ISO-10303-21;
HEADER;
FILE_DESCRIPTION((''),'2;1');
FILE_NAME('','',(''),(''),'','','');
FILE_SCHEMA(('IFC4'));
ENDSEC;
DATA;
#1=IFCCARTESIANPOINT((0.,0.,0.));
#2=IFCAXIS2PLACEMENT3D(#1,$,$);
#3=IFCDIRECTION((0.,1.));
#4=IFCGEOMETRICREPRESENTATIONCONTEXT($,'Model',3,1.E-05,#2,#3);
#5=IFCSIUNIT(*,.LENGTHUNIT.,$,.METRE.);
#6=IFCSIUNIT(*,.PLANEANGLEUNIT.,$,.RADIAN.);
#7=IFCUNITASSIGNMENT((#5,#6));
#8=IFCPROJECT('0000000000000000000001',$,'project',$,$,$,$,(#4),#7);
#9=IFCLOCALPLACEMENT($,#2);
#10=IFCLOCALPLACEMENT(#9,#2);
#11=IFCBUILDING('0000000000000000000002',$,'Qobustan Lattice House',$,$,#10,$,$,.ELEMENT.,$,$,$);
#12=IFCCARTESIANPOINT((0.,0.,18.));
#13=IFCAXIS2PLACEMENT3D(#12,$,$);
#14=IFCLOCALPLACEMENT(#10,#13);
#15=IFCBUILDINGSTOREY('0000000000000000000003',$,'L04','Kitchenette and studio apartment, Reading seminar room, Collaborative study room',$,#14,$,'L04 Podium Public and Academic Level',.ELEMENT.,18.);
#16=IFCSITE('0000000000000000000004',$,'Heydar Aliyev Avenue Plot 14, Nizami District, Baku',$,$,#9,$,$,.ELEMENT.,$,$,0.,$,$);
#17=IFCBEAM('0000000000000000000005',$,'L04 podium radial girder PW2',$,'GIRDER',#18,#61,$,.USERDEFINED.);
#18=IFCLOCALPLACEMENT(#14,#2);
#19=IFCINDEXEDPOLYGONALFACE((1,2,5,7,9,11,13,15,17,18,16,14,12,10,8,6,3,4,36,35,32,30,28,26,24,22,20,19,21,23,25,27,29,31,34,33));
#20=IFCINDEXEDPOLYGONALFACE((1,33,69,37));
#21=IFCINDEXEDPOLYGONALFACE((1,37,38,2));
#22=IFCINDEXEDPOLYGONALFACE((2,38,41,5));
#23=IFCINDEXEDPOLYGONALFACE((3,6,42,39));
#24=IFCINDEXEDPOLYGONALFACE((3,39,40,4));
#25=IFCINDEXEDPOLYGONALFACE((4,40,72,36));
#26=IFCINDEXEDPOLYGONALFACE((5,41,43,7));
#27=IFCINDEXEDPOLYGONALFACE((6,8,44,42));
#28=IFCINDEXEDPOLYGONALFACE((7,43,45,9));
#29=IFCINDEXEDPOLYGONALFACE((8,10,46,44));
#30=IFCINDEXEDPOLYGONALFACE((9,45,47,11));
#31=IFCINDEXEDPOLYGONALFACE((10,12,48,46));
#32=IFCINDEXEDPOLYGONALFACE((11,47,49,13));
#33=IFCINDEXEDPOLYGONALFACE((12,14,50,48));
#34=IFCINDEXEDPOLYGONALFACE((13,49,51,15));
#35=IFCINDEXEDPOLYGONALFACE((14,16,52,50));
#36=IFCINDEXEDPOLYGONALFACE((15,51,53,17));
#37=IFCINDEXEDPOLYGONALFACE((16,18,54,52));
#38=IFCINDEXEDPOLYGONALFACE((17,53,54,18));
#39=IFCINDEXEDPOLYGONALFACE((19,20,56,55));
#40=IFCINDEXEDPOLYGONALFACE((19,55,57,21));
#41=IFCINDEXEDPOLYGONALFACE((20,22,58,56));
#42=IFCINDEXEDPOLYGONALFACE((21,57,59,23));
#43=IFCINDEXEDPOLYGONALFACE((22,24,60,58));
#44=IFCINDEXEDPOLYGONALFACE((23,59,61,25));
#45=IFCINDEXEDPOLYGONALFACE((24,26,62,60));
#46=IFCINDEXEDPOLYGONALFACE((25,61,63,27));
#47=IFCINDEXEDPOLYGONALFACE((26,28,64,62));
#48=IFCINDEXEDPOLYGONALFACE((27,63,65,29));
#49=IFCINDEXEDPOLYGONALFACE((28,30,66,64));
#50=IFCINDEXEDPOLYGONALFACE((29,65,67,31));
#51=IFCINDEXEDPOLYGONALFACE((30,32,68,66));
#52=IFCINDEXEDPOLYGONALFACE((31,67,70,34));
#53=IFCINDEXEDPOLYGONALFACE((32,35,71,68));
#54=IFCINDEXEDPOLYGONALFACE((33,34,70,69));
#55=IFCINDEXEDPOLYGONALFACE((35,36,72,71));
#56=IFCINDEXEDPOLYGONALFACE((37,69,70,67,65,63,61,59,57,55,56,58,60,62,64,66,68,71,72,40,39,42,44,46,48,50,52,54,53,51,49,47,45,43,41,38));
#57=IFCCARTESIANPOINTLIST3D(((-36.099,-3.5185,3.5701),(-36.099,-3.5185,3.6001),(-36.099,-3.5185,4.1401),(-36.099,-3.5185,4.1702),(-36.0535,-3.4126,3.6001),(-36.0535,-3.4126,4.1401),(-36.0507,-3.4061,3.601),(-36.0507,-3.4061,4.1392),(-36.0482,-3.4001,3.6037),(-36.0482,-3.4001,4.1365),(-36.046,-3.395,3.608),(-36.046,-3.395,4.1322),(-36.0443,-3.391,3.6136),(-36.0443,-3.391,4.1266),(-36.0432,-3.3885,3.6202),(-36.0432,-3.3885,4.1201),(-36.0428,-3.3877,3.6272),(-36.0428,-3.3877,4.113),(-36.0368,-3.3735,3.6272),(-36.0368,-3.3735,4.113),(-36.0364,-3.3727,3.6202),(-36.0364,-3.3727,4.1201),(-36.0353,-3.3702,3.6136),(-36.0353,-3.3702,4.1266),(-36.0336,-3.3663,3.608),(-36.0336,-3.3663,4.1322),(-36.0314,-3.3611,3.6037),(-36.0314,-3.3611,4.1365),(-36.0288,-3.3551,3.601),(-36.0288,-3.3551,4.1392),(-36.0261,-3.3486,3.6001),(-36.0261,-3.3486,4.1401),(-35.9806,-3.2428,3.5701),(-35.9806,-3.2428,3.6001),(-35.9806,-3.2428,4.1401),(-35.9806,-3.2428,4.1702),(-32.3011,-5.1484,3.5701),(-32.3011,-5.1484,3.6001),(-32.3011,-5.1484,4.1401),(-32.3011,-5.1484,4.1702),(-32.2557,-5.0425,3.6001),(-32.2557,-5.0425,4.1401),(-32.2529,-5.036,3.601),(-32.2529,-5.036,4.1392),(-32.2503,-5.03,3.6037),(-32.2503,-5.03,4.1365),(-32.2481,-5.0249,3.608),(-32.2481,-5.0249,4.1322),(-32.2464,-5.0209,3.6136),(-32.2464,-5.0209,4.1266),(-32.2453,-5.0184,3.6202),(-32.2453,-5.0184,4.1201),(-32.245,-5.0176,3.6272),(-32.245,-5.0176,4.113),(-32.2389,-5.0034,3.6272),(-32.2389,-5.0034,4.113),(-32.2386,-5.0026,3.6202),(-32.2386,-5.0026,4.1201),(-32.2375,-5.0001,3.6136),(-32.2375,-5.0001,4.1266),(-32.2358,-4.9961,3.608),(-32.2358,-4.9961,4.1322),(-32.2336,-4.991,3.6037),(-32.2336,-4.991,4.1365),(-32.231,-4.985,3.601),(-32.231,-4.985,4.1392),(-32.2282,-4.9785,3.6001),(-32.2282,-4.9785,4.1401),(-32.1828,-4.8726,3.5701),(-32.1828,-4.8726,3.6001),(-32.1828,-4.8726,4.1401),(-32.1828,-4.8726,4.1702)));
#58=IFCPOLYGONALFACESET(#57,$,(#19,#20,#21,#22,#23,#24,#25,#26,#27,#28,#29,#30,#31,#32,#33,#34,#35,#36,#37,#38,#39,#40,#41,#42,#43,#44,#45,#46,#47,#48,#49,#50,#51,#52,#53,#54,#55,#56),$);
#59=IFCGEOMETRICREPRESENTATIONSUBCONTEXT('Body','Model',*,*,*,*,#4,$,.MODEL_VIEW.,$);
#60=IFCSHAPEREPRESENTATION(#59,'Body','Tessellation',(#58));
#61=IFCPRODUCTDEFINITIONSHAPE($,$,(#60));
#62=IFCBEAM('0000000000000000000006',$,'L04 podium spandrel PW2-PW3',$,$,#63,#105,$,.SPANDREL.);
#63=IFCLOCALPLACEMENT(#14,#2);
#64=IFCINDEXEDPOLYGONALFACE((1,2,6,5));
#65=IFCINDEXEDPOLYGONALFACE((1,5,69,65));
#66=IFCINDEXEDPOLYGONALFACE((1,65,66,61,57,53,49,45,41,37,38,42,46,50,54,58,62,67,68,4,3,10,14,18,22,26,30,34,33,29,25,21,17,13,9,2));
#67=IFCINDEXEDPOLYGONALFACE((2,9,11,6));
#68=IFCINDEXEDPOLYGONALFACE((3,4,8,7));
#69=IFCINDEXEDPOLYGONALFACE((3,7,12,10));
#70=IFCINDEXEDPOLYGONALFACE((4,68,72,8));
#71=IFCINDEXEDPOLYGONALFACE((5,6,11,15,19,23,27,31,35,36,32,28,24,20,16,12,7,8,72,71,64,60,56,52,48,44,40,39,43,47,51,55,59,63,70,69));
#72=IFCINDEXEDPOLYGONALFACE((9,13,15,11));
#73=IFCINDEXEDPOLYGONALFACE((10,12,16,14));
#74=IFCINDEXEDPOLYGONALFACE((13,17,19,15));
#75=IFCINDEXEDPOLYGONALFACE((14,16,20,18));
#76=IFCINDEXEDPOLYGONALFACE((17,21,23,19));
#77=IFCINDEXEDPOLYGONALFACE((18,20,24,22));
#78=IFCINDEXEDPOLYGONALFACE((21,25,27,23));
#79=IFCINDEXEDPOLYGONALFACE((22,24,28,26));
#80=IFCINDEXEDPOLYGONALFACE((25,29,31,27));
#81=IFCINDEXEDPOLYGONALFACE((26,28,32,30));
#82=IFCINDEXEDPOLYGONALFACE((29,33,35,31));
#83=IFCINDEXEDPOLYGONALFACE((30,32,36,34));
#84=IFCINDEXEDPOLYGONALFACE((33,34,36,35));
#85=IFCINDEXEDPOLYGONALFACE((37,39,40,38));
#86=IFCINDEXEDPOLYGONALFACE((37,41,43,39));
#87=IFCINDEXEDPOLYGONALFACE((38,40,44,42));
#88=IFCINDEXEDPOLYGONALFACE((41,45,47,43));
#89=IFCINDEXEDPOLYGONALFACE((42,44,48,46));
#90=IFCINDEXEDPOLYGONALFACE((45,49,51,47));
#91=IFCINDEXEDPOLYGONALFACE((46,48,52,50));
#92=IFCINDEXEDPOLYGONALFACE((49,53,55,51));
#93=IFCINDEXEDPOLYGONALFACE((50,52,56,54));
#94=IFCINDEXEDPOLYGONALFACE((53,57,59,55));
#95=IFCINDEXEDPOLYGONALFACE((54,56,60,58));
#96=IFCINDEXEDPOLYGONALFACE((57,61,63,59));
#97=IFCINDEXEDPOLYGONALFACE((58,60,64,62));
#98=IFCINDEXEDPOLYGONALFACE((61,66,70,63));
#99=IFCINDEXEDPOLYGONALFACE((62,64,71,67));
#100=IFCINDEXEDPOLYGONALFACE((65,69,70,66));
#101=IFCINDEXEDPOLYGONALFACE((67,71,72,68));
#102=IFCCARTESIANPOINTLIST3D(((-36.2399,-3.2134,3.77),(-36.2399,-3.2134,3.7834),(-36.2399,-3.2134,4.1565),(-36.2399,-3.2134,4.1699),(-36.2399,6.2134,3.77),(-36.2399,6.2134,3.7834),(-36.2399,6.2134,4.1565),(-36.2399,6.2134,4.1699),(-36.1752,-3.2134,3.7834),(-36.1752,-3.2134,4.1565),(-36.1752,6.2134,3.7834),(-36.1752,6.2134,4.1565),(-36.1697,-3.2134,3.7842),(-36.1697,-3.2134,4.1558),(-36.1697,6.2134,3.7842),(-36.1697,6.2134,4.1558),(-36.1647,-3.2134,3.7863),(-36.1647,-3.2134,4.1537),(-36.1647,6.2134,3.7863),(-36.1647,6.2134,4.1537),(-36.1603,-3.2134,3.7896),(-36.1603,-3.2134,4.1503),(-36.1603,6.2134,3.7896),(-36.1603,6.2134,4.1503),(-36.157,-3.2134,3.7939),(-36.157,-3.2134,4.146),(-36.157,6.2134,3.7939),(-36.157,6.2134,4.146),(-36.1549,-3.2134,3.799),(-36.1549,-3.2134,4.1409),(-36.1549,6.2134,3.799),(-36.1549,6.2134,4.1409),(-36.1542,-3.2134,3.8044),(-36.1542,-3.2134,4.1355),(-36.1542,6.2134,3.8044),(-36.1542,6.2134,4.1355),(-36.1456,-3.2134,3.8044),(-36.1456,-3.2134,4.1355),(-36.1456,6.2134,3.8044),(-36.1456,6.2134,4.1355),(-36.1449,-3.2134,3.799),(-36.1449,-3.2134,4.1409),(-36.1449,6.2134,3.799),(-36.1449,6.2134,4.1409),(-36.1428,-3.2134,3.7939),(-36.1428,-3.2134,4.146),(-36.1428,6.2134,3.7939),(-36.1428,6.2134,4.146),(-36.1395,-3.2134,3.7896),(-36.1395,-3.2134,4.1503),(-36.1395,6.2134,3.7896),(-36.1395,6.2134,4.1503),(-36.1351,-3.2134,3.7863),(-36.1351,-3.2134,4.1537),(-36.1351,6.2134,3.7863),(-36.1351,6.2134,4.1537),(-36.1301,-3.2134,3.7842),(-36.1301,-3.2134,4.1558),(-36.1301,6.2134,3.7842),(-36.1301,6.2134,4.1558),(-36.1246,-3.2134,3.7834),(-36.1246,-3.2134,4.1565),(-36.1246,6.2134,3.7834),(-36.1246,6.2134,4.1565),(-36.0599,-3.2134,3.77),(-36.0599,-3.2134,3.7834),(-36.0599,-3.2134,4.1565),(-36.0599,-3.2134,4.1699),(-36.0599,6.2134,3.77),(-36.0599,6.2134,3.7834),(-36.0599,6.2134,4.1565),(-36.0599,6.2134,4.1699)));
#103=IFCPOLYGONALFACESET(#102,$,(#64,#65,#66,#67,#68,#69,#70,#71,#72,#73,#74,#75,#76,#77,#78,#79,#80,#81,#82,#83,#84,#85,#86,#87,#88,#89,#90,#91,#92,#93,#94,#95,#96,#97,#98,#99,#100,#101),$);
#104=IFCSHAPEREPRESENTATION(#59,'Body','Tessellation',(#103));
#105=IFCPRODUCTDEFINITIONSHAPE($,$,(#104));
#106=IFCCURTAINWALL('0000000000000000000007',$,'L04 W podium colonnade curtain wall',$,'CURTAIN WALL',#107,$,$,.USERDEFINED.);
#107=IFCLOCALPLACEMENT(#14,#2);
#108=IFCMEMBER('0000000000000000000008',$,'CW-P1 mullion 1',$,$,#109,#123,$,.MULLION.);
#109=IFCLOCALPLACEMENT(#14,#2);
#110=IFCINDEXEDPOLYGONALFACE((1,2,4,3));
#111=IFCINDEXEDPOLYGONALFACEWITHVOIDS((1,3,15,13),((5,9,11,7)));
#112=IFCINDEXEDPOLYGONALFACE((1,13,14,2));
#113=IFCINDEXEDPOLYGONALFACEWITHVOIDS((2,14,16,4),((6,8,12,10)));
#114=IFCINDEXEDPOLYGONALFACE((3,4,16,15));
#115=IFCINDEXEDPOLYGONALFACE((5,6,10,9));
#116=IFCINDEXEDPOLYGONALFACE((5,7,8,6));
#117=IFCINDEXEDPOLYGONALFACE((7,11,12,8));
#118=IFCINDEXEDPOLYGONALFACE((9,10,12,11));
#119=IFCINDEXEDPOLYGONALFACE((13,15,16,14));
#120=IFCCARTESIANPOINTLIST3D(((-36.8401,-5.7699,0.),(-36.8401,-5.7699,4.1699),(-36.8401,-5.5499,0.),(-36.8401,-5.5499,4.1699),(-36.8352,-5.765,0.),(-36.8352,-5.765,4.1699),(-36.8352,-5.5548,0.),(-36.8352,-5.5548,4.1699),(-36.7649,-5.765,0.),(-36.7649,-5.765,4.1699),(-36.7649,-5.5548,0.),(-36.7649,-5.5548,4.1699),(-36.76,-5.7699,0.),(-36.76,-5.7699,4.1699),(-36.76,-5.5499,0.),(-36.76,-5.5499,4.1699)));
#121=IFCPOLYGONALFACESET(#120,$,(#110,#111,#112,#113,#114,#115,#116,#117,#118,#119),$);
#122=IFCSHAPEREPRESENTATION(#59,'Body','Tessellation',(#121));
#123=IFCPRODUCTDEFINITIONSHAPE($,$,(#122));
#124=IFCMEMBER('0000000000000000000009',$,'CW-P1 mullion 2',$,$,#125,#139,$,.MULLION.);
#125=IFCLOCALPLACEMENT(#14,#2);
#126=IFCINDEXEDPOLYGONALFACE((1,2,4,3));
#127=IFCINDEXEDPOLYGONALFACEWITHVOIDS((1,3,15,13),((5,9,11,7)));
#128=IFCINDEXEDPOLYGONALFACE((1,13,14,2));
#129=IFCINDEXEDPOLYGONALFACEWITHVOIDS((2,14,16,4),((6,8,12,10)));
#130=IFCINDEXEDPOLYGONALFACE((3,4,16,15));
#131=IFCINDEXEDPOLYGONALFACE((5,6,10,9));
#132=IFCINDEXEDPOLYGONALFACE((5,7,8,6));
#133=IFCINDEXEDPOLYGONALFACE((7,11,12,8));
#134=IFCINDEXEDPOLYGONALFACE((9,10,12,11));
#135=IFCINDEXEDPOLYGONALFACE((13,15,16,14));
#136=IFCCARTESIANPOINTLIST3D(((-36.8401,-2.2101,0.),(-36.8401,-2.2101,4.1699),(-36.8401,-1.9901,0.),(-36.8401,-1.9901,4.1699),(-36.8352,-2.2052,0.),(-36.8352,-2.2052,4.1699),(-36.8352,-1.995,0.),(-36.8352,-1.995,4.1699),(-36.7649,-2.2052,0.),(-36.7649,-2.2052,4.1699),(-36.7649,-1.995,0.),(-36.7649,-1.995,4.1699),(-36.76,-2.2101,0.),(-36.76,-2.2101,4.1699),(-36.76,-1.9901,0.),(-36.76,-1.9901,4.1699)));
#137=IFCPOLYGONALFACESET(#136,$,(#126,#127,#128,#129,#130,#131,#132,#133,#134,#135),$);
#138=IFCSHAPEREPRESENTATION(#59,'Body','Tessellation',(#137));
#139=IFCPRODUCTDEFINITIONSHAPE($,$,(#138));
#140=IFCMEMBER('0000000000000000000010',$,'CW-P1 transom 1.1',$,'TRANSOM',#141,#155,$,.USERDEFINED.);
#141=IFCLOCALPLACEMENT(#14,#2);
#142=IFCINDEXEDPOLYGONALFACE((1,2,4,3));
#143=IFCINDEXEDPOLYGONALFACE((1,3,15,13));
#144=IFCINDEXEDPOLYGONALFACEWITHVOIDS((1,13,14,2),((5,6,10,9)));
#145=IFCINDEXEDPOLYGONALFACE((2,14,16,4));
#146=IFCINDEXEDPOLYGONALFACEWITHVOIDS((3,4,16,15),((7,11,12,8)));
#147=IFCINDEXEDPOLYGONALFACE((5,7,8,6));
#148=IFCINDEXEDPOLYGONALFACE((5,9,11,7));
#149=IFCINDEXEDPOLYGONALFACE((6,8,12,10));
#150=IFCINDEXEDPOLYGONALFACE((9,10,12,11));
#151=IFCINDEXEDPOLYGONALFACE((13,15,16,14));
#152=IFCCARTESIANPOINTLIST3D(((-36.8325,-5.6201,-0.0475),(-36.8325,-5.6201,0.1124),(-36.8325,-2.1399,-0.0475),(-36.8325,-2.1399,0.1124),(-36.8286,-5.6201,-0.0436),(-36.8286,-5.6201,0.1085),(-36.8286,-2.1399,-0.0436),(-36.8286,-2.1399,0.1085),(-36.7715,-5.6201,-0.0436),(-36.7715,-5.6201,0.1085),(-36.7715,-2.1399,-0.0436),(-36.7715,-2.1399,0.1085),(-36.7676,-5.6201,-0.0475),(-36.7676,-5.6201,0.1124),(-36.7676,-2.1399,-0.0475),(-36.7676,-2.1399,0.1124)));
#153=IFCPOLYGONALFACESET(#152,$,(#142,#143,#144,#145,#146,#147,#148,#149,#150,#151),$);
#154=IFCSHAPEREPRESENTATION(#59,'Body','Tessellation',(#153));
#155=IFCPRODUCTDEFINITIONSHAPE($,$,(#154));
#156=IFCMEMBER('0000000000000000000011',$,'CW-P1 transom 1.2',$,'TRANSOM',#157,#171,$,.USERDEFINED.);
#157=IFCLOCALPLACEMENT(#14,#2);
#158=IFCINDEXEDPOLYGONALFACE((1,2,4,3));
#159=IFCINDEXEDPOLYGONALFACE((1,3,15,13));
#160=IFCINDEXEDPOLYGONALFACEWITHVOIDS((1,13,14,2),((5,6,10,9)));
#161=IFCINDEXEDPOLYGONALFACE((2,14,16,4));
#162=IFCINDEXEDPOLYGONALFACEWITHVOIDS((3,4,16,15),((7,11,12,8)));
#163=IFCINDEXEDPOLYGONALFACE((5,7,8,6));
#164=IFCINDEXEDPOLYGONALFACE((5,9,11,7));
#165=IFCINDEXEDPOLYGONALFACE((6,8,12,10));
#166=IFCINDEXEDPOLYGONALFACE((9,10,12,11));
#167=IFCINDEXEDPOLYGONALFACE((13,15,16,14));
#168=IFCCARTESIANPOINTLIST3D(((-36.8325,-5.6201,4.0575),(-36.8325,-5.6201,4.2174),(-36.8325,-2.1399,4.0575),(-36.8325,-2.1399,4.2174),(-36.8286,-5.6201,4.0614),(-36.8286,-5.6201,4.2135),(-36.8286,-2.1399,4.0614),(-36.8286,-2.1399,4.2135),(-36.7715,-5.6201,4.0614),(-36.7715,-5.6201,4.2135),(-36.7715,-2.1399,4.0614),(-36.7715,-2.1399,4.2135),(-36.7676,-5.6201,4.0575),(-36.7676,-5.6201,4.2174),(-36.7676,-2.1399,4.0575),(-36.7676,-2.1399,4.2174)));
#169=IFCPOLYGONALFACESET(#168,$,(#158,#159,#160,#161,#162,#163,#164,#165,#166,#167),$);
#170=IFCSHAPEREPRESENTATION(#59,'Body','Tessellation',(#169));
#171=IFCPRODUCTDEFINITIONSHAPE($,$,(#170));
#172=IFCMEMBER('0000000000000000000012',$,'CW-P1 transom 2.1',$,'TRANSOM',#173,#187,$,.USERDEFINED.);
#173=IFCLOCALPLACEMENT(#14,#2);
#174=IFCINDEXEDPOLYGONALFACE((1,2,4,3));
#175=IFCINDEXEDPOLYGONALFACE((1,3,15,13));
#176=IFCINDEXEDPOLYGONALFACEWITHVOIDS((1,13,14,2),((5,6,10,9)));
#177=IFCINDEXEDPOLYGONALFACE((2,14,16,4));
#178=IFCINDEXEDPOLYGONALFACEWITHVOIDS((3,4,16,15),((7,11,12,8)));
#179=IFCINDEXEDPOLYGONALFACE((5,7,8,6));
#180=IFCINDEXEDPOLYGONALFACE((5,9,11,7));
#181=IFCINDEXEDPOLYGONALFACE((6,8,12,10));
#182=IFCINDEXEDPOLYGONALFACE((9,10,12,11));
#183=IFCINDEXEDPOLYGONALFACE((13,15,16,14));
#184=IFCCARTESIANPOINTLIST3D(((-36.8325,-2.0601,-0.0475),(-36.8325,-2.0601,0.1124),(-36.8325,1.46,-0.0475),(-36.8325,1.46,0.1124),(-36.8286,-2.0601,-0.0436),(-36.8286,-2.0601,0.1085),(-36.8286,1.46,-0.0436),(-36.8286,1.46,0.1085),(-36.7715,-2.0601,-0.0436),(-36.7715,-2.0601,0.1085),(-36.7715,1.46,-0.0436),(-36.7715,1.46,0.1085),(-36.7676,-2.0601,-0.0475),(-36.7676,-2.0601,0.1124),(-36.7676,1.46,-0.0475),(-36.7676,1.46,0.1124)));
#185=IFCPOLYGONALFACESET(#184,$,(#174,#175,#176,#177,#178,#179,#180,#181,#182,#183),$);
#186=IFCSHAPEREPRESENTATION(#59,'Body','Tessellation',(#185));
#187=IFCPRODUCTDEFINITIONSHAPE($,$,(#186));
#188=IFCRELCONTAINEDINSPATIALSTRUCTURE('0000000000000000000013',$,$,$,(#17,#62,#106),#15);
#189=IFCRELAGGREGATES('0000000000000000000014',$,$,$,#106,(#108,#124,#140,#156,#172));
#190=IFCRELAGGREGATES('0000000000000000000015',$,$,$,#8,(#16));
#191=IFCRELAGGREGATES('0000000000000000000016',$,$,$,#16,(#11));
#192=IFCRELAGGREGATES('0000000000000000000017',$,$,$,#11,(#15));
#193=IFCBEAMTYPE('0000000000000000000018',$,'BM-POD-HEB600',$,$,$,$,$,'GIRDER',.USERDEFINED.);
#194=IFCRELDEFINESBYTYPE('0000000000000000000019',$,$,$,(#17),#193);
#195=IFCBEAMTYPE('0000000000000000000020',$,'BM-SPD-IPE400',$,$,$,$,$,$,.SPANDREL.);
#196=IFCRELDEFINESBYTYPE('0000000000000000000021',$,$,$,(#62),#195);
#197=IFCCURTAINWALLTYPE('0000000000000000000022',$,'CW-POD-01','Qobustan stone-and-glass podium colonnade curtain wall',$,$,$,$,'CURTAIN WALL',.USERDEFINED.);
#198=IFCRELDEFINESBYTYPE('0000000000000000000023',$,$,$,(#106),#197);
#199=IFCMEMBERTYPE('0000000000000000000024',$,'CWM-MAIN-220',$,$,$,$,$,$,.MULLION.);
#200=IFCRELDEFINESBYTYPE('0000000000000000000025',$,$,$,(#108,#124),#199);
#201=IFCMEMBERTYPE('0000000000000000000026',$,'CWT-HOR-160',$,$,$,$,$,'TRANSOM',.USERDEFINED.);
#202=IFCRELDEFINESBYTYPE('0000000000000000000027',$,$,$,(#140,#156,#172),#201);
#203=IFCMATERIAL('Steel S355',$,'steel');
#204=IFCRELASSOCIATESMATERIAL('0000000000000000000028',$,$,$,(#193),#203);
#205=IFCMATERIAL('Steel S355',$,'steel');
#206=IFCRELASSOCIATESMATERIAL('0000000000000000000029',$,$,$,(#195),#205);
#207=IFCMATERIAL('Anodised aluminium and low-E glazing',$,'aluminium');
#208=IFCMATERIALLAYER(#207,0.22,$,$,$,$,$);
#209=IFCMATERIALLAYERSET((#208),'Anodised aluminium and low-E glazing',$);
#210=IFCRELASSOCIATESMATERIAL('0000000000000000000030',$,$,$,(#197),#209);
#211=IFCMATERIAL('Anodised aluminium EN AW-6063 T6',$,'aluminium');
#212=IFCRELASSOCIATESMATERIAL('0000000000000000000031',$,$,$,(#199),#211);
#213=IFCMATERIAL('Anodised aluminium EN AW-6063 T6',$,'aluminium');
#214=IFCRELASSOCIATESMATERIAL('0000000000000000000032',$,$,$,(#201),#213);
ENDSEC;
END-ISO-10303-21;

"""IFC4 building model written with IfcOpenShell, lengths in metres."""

from ifc_helpers import new_model, si_unit, direction, frame, origin, origin_2d, place, context, subcontext, project, spatial, hollow_rectangle, i_section, extrude, material, layer, layer_set, material_profile, profile_set, type_object, element, aggregate, save


model = new_model("IFC4")

# Units and contexts
model_context = context("Model", 3, precision=1e-05, world=origin(), true_north=direction((0.0, 1.0)))
body_context = subcontext(model_context, "Body", "Model", "MODEL_VIEW")
ifc_project = project(units=[si_unit("LENGTHUNIT", "METRE"), si_unit("PLANEANGLEUNIT", "RADIAN")], contexts=[model_context])

# Site, building, storey
site_placement = place(None, origin())
site = spatial("IfcSite", under=ifc_project, at=site_placement, Name="Heydar Aliyev Avenue Plot 14, Nizami District, Baku", CompositionType="ELEMENT", RefElevation=0.0)
building_placement = place(site_placement, origin())
building = spatial("IfcBuilding", under=site, at=building_placement, Name="Qobustan Lattice House", CompositionType="ELEMENT")
storey_placement = place(building_placement, frame((0.0, 0.0, 18.0)))
storey = spatial("IfcBuildingStorey", under=building, at=storey_placement, Name="L04", Description="Kitchenette and studio apartment, Reading seminar room, Collaborative study room", LongName="L04 Podium Public and Academic Level", CompositionType="ELEMENT", Elevation=18.0)

# Beams
ifc_material_1 = material(Name="Steel S355", Category="steel")
ifc_material_profile_1 = material_profile(ifc_material_1, i_section(OverallWidth=0.3, OverallDepth=0.6001, WebThickness=0.0154, FlangeThickness=0.03, FilletRadius=0.0271, at=origin_2d()), Name="HEB600")
ifc_profile_set_1 = profile_set([ifc_material_profile_1], Name="Steel S355")
beam_type_1 = type_object("IfcBeamType", Name="BM-POD-HEB600", ElementType="GIRDER", PredefinedType="USERDEFINED", material=ifc_profile_set_1)
beam_1_placement = place(storey_placement, frame((-36.0398, -3.3806, 3.8701), z_axis=(0.918949, -0.394376, 0.0), x_axis=(0.394376, 0.918949, 0.0)))
element("IfcBeam", 1, at=beam_1_placement, inside=storey, type_object=beam_type_1, Name="L04 podium radial girder PW2", ObjectType="GIRDER", PredefinedType="USERDEFINED", context=body_context, shape_type="SweptSolid", body=[
    extrude(i_section(OverallWidth=0.3, OverallDepth=0.6001, WebThickness=0.0154, FlangeThickness=0.03, FilletRadius=0.0271, at=origin_2d()), origin(), (0.0, 0.0, 1.0), 4.1328),
])
ifc_material_2 = material(Name="Steel S355", Category="steel")
ifc_material_profile_2 = material_profile(ifc_material_2, i_section(OverallWidth=0.1799, OverallDepth=0.3999, WebThickness=0.0085, FlangeThickness=0.0134, FilletRadius=0.021, at=origin_2d()), Name="IPE400")
ifc_profile_set_2 = profile_set([ifc_material_profile_2], Name="Steel S355")
beam_type_2 = type_object("IfcBeamType", Name="BM-SPD-IPE400", PredefinedType="SPANDREL", material=ifc_profile_set_2)
beam_2_placement = place(storey_placement, frame((-36.1499, -3.2134, 3.97), z_axis=(0.0, 1.0, 0.0), x_axis=(-1.0, 0.0, 0.0)))
element("IfcBeam", 2, at=beam_2_placement, inside=storey, type_object=beam_type_2, Name="L04 podium spandrel PW2-PW3", PredefinedType="SPANDREL", context=body_context, shape_type="SweptSolid", body=[
    extrude(i_section(OverallWidth=0.1799, OverallDepth=0.3999, WebThickness=0.0085, FlangeThickness=0.0134, FilletRadius=0.021, at=origin_2d()), origin(), (0.0, 0.0, 1.0), 9.4268),
])

# Curtain wall, members
ifc_material_3 = material(Name="Anodised aluminium and low-E glazing", Category="aluminium")
ifc_layer_1 = layer(ifc_material_3, 0.22)
ifc_layer_set_1 = layer_set([ifc_layer_1], Name="Anodised aluminium and low-E glazing")
curtain_wall_type = type_object("IfcCurtainWallType", Name="CW-POD-01", Description="Qobustan stone-and-glass podium colonnade curtain wall", ElementType="CURTAIN WALL", PredefinedType="USERDEFINED", material=ifc_layer_set_1)
curtain_wall_placement = place(storey_placement, origin())
curtain_wall = element("IfcCurtainWall", 3, at=curtain_wall_placement, inside=storey, type_object=curtain_wall_type, Name="L04 W podium colonnade curtain wall", ObjectType="CURTAIN WALL", PredefinedType="USERDEFINED")
ifc_material_4 = material(Name="Anodised aluminium EN AW-6063 T6", Category="aluminium")
ifc_material_profile_3 = material_profile(ifc_material_4, hollow_rectangle(XDim=0.0801, YDim=0.22, WallThickness=0.0049, at=origin_2d()), Name="CWM-220x80")
ifc_profile_set_3 = profile_set([ifc_material_profile_3], Name="Anodised aluminium EN AW-6063 T6")
member_type_1 = type_object("IfcMemberType", Name="CWM-MAIN-220", PredefinedType="MULLION", material=ifc_profile_set_3)
member_1_placement = place(storey_placement, frame((-36.8, -5.6599, 0.0), z_axis=(0.0, 0.0, 1.0), x_axis=(-1.0, 0.0, 0.0)))
member_1 = element("IfcMember", 4, at=member_1_placement, type_object=member_type_1, Name="CW-P1 mullion 1", PredefinedType="MULLION", context=body_context, shape_type="SweptSolid", body=[
    extrude(hollow_rectangle(XDim=0.0801, YDim=0.22, WallThickness=0.0049, at=origin_2d()), origin(), (0.0, 0.0, 1.0), 4.1699),
])
member_2_placement = place(storey_placement, frame((-36.8, -2.1001, 0.0), z_axis=(0.0, 0.0, 1.0), x_axis=(-1.0, 0.0, 0.0)))
member_2 = element("IfcMember", 5, at=member_2_placement, type_object=member_type_1, Name="CW-P1 mullion 2", PredefinedType="MULLION", context=body_context, shape_type="SweptSolid", body=[
    extrude(hollow_rectangle(XDim=0.0801, YDim=0.22, WallThickness=0.0049, at=origin_2d()), origin(), (0.0, 0.0, 1.0), 4.1699),
])
ifc_material_5 = material(Name="Anodised aluminium EN AW-6063 T6", Category="aluminium")
ifc_material_profile_4 = material_profile(ifc_material_5, hollow_rectangle(XDim=0.0649, YDim=0.1599, WallThickness=0.0039, at=origin_2d()), Name="CWT-160x65")
ifc_profile_set_4 = profile_set([ifc_material_profile_4], Name="Anodised aluminium EN AW-6063 T6")
member_type_2 = type_object("IfcMemberType", Name="CWT-HOR-160", ElementType="TRANSOM", PredefinedType="USERDEFINED", material=ifc_profile_set_4)
member_3_placement = place(storey_placement, frame((-36.8, -5.6201, 0.0325), z_axis=(0.0, 1.0, 0.0), x_axis=(-1.0, 0.0, 0.0)))
member_3 = element("IfcMember", 6, at=member_3_placement, type_object=member_type_2, Name="CW-P1 transom 1.1", ObjectType="TRANSOM", PredefinedType="USERDEFINED", context=body_context, shape_type="SweptSolid", body=[
    extrude(hollow_rectangle(XDim=0.0649, YDim=0.1599, WallThickness=0.0039, at=origin_2d()), origin(), (0.0, 0.0, 1.0), 3.4802),
])
member_4_placement = place(storey_placement, frame((-36.8, -5.6201, 4.1375), z_axis=(0.0, 1.0, 0.0), x_axis=(-1.0, 0.0, 0.0)))
member_4 = element("IfcMember", 7, at=member_4_placement, type_object=member_type_2, Name="CW-P1 transom 1.2", ObjectType="TRANSOM", PredefinedType="USERDEFINED", context=body_context, shape_type="SweptSolid", body=[
    extrude(hollow_rectangle(XDim=0.0649, YDim=0.1599, WallThickness=0.0039, at=origin_2d()), origin(), (0.0, 0.0, 1.0), 3.4802),
])
member_5_placement = place(storey_placement, frame((-36.8, -2.0601, 0.0325), z_axis=(0.0, 1.0, 0.0), x_axis=(-1.0, 0.0, 0.0)))
member_5 = element("IfcMember", 8, at=member_5_placement, type_object=member_type_2, Name="CW-P1 transom 2.1", ObjectType="TRANSOM", PredefinedType="USERDEFINED", context=body_context, shape_type="SweptSolid", body=[
    extrude(hollow_rectangle(XDim=0.0649, YDim=0.1599, WallThickness=0.0039, at=origin_2d()), origin(), (0.0, 0.0, 1.0), 3.52),
])
aggregate(curtain_wall, [member_1, member_2, member_3, member_4, member_5])

save(model, "model.ifc")
